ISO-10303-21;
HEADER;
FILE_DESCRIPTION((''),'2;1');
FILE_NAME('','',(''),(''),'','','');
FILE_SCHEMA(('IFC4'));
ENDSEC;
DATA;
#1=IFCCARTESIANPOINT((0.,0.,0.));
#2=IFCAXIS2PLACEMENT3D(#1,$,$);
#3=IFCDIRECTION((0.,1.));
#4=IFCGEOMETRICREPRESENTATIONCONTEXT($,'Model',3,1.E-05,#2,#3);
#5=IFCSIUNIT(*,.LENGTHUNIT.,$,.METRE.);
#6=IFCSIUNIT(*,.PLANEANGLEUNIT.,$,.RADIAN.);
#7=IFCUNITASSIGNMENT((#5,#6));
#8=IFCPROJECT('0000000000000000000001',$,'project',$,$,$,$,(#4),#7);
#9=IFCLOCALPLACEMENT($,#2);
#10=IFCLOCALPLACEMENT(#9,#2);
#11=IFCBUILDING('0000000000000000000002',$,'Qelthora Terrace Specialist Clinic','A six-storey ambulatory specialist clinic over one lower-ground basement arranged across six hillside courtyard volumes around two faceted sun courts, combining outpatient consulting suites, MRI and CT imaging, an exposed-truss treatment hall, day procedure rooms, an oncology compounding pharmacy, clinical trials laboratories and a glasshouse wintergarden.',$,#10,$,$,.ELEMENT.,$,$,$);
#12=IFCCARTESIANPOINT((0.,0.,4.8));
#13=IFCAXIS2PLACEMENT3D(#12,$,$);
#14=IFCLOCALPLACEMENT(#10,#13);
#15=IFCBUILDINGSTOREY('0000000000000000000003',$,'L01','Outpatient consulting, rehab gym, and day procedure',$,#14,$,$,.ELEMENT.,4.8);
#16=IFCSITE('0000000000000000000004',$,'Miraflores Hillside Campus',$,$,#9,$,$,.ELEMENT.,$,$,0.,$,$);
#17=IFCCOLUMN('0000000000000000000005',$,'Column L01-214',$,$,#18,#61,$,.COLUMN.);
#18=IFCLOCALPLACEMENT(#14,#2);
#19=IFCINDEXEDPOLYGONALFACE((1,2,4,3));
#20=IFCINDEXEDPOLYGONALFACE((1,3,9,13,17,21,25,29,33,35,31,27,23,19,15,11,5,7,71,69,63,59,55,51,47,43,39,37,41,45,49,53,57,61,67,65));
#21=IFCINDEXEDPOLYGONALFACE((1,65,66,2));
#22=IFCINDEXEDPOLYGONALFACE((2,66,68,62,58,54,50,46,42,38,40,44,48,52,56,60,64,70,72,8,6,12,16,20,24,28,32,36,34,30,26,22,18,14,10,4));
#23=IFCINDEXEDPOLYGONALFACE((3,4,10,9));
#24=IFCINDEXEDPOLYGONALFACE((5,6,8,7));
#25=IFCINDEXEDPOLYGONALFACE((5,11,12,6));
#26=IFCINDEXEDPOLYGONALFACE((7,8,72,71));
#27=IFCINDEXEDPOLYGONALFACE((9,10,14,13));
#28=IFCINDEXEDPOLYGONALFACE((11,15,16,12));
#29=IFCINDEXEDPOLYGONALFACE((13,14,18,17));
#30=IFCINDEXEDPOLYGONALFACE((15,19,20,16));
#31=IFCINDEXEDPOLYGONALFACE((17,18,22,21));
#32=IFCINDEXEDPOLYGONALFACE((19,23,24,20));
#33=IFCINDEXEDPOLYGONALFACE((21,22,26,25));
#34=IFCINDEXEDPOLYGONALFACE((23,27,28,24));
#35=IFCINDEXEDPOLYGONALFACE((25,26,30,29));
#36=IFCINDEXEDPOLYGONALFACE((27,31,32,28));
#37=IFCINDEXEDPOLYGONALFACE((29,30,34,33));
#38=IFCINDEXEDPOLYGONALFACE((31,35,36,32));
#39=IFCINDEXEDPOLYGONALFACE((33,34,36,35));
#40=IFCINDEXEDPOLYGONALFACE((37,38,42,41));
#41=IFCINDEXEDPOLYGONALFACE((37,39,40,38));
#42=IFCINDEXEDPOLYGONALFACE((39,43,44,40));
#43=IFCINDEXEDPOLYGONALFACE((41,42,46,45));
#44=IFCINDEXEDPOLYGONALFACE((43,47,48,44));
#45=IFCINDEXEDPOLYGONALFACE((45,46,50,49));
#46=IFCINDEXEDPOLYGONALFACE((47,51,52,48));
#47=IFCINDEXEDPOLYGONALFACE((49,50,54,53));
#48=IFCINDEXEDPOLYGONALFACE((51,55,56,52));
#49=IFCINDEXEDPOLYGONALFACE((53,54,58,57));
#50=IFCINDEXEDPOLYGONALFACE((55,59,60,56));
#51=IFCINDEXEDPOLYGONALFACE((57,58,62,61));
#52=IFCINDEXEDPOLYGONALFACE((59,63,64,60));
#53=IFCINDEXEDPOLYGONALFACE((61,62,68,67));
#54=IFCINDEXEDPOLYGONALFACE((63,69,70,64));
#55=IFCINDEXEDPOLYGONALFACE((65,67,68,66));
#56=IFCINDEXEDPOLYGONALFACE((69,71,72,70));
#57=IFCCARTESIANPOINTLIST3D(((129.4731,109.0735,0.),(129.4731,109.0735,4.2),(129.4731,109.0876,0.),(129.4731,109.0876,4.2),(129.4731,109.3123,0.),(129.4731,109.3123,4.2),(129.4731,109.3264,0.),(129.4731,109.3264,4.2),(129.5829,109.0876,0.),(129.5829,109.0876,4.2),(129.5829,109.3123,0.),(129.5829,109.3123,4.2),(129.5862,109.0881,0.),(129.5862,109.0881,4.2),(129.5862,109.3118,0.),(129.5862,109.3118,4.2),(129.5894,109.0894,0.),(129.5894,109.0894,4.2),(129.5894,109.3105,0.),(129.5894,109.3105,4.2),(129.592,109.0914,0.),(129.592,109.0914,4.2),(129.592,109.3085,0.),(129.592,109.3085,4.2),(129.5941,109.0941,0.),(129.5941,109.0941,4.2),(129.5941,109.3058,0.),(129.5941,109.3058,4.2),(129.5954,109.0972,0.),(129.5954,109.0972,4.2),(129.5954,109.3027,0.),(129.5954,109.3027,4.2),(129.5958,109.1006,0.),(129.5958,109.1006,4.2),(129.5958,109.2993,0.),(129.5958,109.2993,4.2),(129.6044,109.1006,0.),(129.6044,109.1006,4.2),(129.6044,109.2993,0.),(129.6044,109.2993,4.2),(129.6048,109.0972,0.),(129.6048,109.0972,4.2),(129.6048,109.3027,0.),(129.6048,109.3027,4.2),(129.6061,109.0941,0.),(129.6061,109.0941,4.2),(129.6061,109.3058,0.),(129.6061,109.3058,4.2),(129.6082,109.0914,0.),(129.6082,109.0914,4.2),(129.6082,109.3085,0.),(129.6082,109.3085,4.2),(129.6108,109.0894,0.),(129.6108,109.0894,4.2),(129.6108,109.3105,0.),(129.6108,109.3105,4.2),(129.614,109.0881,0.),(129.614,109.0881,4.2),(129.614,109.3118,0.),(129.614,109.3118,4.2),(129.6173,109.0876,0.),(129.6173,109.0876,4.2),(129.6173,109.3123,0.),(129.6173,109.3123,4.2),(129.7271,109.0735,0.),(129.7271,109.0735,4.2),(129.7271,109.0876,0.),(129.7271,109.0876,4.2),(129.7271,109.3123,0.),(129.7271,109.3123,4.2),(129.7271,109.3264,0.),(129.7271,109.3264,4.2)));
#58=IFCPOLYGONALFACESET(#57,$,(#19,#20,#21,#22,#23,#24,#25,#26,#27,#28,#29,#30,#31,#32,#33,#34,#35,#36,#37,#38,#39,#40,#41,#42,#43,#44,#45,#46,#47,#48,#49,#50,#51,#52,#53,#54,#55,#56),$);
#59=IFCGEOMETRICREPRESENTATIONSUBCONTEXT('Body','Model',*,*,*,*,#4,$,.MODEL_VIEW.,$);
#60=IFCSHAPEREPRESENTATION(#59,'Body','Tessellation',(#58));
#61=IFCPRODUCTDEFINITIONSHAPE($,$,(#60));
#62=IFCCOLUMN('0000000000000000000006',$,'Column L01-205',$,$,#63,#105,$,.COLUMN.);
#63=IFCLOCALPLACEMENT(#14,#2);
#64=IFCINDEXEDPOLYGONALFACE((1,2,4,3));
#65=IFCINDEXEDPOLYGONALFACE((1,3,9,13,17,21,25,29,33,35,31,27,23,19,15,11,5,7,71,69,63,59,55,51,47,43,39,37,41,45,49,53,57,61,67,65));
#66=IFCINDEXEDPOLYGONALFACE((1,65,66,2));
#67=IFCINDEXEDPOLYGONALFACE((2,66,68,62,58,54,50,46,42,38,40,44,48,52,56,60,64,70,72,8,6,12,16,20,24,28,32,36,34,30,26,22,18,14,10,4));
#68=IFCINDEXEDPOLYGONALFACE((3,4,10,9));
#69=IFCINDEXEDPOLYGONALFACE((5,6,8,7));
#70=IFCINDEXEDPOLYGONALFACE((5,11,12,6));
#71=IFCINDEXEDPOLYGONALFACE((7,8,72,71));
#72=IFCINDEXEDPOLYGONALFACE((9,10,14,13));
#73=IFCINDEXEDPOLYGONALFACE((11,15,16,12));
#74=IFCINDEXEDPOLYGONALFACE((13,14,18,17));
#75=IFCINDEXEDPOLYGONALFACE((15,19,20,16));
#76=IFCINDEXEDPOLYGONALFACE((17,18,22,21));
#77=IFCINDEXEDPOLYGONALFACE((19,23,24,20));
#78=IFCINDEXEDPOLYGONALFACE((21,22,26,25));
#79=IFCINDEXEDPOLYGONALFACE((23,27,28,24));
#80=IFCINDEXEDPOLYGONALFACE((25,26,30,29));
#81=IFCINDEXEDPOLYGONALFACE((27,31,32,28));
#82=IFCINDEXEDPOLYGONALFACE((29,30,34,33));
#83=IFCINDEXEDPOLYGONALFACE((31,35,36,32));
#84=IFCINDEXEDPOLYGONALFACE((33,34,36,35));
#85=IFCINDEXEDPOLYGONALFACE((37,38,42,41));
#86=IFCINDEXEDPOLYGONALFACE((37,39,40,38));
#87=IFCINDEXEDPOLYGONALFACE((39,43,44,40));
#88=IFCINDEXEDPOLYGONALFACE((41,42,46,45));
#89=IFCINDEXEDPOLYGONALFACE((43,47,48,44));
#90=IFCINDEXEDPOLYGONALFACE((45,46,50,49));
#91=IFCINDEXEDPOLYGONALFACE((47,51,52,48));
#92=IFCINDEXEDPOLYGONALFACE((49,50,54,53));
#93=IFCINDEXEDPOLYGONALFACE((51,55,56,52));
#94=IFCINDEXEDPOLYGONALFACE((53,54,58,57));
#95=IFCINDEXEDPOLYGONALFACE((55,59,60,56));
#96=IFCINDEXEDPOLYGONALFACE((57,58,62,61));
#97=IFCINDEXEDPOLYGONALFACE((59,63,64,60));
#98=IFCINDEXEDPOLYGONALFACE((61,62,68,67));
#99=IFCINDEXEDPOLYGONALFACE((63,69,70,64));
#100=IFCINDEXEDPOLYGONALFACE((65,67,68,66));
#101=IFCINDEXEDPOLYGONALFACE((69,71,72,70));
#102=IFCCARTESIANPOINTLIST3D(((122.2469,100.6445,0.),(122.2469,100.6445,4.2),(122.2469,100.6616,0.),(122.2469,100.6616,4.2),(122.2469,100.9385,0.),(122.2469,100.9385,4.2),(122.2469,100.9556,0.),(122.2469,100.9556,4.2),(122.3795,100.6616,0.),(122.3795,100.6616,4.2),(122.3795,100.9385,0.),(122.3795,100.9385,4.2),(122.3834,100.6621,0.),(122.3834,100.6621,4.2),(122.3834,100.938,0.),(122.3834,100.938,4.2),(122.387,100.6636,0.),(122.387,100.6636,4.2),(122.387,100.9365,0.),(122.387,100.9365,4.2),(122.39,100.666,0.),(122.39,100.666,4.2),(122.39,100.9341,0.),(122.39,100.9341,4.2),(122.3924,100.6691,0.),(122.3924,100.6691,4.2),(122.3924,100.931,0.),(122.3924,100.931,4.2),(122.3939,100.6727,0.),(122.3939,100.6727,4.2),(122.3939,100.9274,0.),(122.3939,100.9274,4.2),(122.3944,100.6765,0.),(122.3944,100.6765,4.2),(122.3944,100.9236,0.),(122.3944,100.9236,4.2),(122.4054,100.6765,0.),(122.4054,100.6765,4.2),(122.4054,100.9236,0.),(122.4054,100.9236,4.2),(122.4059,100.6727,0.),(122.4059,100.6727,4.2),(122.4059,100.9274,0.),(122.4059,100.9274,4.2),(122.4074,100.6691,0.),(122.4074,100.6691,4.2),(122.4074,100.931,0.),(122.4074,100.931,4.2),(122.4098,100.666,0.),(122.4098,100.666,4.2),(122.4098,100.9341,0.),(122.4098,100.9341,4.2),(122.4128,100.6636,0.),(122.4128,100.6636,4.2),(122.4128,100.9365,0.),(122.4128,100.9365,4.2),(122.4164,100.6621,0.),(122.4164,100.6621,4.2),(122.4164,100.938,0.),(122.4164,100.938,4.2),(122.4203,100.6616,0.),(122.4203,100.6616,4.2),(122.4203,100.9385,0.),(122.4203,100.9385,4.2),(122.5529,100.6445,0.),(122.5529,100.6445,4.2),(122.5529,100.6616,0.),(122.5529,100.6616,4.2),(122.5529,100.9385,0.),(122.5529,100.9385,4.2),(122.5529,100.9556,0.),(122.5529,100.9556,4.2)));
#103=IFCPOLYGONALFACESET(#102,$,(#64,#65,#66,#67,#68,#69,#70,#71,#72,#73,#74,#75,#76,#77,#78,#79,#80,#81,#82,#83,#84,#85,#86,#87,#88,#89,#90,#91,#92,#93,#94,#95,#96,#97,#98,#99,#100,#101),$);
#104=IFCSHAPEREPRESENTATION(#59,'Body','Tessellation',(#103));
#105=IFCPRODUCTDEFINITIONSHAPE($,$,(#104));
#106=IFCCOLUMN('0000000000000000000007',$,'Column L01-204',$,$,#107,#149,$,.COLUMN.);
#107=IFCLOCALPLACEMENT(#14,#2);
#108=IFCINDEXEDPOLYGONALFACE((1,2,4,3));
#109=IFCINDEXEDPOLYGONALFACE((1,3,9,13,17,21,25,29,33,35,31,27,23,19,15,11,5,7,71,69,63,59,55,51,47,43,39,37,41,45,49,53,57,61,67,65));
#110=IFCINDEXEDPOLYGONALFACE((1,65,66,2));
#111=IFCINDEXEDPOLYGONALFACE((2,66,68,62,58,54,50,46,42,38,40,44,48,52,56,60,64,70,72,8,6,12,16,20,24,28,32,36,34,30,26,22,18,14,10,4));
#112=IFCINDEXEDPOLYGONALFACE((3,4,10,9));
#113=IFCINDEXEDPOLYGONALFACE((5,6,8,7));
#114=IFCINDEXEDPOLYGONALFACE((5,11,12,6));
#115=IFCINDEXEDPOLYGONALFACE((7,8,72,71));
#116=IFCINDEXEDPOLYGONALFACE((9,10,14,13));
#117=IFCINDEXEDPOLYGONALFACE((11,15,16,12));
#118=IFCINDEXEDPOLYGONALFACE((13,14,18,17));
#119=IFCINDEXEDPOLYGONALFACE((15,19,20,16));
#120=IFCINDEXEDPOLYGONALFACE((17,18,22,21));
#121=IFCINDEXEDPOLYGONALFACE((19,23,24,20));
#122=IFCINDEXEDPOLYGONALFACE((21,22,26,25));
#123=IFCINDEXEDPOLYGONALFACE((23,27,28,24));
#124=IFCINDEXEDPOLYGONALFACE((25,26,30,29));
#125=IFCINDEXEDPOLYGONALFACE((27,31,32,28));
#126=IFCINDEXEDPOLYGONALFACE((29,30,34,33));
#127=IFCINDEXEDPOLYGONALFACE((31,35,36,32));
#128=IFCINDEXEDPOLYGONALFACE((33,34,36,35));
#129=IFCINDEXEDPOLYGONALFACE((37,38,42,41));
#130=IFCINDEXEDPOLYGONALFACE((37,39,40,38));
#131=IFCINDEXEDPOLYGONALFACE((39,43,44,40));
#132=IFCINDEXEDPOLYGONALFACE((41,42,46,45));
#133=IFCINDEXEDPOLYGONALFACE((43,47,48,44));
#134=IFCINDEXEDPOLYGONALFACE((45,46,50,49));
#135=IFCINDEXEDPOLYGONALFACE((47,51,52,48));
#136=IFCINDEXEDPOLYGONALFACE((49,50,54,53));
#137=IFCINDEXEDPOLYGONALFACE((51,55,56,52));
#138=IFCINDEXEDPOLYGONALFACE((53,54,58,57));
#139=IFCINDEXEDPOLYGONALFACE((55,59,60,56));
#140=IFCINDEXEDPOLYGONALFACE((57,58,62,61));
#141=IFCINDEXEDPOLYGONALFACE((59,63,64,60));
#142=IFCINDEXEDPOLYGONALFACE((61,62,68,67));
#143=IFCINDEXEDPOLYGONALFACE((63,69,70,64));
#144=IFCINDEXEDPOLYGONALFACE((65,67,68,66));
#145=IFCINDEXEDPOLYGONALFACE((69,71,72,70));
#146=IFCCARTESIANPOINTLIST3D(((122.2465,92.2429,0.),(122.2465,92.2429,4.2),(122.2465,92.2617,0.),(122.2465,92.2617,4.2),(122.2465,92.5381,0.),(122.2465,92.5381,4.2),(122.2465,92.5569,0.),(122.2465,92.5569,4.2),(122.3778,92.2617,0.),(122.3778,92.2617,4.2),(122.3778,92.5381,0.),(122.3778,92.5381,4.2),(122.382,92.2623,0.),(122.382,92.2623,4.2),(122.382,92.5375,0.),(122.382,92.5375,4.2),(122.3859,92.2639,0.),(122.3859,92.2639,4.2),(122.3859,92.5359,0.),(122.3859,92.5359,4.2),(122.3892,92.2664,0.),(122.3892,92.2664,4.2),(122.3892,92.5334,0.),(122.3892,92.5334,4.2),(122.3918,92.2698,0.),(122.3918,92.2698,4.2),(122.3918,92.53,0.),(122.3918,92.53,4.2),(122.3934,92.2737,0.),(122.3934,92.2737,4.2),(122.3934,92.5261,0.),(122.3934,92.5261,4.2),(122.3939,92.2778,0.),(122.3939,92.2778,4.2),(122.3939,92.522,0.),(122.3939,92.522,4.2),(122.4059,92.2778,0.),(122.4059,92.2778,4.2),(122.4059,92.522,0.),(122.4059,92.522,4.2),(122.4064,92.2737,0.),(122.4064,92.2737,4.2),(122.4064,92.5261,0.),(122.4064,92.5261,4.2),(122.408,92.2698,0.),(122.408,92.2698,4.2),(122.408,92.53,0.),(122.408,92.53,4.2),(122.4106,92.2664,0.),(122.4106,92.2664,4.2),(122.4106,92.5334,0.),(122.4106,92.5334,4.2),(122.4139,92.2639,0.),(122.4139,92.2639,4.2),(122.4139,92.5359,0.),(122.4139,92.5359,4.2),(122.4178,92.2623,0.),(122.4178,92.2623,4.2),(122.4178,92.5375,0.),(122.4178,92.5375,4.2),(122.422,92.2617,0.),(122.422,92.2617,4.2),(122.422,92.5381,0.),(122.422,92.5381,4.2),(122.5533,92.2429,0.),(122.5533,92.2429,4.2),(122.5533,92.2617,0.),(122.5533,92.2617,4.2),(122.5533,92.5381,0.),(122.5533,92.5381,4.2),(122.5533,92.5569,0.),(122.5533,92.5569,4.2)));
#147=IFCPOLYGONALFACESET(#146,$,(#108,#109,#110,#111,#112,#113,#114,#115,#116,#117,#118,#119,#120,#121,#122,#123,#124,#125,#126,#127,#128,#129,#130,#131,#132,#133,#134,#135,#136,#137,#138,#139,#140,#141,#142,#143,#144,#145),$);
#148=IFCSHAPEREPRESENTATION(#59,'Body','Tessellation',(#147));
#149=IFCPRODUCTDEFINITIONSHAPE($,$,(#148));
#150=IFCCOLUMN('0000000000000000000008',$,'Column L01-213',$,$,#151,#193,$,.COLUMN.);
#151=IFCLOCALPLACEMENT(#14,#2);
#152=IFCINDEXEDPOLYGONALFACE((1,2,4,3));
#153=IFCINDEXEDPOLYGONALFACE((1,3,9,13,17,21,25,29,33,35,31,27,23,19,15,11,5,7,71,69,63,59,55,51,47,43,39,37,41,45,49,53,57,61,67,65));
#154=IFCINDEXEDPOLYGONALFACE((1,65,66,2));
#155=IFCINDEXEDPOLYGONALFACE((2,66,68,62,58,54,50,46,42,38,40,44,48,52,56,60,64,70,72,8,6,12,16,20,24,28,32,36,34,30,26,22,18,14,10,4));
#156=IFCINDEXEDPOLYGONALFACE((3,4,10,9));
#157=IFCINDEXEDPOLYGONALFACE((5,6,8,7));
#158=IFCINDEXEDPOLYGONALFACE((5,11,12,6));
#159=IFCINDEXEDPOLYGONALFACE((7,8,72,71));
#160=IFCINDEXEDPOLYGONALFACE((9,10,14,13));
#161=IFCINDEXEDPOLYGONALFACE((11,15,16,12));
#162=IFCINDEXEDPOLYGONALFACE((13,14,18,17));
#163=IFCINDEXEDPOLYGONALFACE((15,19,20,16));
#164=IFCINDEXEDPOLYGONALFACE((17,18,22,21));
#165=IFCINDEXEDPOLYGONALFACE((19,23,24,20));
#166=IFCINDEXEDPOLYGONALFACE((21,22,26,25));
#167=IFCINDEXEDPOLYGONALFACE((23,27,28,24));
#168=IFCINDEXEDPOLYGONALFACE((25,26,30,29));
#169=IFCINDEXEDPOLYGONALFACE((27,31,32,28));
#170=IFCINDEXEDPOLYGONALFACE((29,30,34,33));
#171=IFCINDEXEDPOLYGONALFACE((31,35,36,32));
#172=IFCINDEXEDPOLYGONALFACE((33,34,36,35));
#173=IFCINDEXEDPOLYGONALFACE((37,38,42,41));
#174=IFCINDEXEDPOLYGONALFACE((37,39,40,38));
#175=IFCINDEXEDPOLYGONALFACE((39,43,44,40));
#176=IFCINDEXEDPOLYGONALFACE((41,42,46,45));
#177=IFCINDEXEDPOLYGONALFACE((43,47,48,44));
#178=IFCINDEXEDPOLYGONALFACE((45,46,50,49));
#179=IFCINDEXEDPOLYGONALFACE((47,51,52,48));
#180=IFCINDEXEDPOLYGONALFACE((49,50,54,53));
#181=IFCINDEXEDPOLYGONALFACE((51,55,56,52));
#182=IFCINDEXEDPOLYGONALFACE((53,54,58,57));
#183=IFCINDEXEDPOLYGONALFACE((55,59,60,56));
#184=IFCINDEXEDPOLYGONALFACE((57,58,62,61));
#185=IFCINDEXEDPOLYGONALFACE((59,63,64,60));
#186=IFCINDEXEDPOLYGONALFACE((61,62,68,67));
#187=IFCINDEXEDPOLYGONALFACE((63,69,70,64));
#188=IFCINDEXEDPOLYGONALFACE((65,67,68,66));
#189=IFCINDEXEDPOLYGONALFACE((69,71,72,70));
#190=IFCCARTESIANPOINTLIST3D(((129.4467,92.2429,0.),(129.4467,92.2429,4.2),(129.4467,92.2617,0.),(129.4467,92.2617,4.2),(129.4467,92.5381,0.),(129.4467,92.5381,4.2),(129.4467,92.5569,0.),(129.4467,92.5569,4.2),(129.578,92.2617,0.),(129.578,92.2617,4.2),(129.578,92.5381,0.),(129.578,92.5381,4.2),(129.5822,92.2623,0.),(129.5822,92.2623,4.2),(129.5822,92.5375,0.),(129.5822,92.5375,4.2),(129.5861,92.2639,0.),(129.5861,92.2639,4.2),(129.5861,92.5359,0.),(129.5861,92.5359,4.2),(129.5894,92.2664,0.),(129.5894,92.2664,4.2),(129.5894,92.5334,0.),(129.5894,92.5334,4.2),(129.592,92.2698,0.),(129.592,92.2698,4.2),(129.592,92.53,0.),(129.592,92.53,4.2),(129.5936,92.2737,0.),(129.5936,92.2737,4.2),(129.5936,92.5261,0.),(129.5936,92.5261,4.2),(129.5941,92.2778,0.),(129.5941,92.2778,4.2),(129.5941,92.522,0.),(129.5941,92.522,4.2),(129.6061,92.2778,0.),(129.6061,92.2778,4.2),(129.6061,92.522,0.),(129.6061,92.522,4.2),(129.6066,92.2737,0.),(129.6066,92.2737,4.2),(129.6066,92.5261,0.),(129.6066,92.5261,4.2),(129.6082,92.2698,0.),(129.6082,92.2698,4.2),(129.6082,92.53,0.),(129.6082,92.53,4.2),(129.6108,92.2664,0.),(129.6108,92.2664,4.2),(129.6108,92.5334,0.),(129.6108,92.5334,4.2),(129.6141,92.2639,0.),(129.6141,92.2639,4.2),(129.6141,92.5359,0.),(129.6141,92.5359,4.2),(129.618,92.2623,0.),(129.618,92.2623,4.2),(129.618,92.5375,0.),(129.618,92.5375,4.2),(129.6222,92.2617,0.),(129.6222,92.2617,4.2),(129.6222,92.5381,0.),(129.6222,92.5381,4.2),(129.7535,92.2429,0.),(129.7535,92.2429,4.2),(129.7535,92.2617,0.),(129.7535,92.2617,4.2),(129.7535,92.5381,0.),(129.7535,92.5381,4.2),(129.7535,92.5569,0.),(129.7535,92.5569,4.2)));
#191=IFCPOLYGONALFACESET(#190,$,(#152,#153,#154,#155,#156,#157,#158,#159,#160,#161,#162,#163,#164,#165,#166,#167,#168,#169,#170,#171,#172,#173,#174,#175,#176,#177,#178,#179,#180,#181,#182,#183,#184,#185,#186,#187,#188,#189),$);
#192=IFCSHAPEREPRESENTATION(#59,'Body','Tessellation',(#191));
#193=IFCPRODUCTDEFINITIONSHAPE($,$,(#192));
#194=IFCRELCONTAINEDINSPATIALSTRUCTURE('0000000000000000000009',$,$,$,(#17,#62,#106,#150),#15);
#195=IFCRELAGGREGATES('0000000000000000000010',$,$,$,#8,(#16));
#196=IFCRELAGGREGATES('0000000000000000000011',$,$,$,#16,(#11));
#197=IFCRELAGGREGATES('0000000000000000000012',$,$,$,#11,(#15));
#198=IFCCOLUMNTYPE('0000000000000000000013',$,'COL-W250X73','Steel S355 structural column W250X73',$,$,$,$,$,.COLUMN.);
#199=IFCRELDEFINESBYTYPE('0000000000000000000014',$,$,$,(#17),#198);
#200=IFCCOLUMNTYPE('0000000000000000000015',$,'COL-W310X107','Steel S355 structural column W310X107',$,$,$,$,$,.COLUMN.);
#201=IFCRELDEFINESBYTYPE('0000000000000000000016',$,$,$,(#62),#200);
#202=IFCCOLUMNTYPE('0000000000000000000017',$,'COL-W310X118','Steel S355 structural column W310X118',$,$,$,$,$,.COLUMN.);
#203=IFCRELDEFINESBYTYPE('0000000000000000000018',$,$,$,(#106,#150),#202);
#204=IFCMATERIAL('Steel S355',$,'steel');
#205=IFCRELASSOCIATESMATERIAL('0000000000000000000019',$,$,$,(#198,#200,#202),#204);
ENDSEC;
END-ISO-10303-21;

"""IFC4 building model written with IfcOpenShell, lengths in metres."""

from ifc_helpers import new_model, si_unit, direction, frame, origin, origin_2d, place, context, subcontext, project, spatial, i_section, extrude, material, material_profile, profile_set, type_object, element, save


model = new_model("IFC4")

# Units and contexts
model_context = context("Model", 3, precision=1e-05, world=origin(), true_north=direction((0.0, 1.0)))
body_context = subcontext(model_context, "Body", "Model", "MODEL_VIEW")
ifc_project = project(units=[si_unit("LENGTHUNIT", "METRE"), si_unit("PLANEANGLEUNIT", "RADIAN")], contexts=[model_context])

# Site, building, storey
site_placement = place(None, origin())
site = spatial("IfcSite", under=ifc_project, at=site_placement, Name="Miraflores Hillside Campus", CompositionType="ELEMENT", RefElevation=0.0)
building_placement = place(site_placement, origin())
building = spatial("IfcBuilding", under=site, at=building_placement, Name="Qelthora Terrace Specialist Clinic", Description="A six-storey ambulatory specialist clinic over one lower-ground basement arranged across six hillside courtyard volumes around two faceted sun courts, combining outpatient consulting suites, MRI and CT imaging, an exposed-truss treatment hall, day procedure rooms, an oncology compounding pharmacy, clinical trials laboratories and a glasshouse wintergarden.", CompositionType="ELEMENT")
storey_placement = place(building_placement, frame((0.0, 0.0, 4.8)))
storey = spatial("IfcBuildingStorey", under=building, at=storey_placement, Name="L01", Description="Outpatient consulting, rehab gym, and day procedure", CompositionType="ELEMENT", Elevation=4.8)

# Columns
ifc_material_1 = material(Name="Steel S355", Category="steel")
ifc_material_profile_1 = material_profile(ifc_material_1, i_section(OverallWidth=0.2539, OverallDepth=0.2529, WebThickness=0.0085, FlangeThickness=0.0142, FilletRadius=0.0129, at=origin_2d()), Name="W250X73")
ifc_profile_set_1 = profile_set([ifc_material_profile_1], Name="Steel S355")
column_type_1 = type_object("IfcColumnType", Name="COL-W250X73", Description="Steel S355 structural column W250X73", PredefinedType="COLUMN", material=ifc_profile_set_1)
column_1_placement = place(storey_placement, frame((129.6001, 109.2, 0.0), z_axis=(0.0, 0.0, 1.0), x_axis=(1.0, 0.0, 0.0)))
element("IfcColumn", 1, at=column_1_placement, inside=storey, type_object=column_type_1, Name="Column L01-214", PredefinedType="COLUMN", context=body_context, shape_type="SweptSolid", body=[
    extrude(i_section(OverallWidth=0.2539, OverallDepth=0.2529, WebThickness=0.0085, FlangeThickness=0.0142, FilletRadius=0.0129, at=origin_2d()), origin(), (0.0, 0.0, 1.0), 4.2),
])
ifc_material_profile_2 = material_profile(ifc_material_1, i_section(OverallWidth=0.3059, OverallDepth=0.311, WebThickness=0.011, FlangeThickness=0.0171, FilletRadius=0.0149, at=origin_2d()), Name="W310X107")
ifc_profile_set_2 = profile_set([ifc_material_profile_2], Name="Steel S355")
column_type_2 = type_object("IfcColumnType", Name="COL-W310X107", Description="Steel S355 structural column W310X107", PredefinedType="COLUMN", material=ifc_profile_set_2)
column_2_placement = place(storey_placement, frame((122.3999, 100.8, 0.0), z_axis=(0.0, 0.0, 1.0), x_axis=(1.0, 0.0, 0.0)))
element("IfcColumn", 2, at=column_2_placement, inside=storey, type_object=column_type_2, Name="Column L01-205", PredefinedType="COLUMN", context=body_context, shape_type="SweptSolid", body=[
    extrude(i_section(OverallWidth=0.3059, OverallDepth=0.311, WebThickness=0.011, FlangeThickness=0.0171, FilletRadius=0.0149, at=origin_2d()), origin(), (0.0, 0.0, 1.0), 4.2),
])
ifc_material_profile_3 = material_profile(ifc_material_1, i_section(OverallWidth=0.3069, OverallDepth=0.314, WebThickness=0.012, FlangeThickness=0.0188, FilletRadius=0.0161, at=origin_2d()), Name="W310X118")
ifc_profile_set_3 = profile_set([ifc_material_profile_3], Name="Steel S355")
column_type_3 = type_object("IfcColumnType", Name="COL-W310X118", Description="Steel S355 structural column W310X118", PredefinedType="COLUMN", material=ifc_profile_set_3)
for number, where, z_axis, x_axis, name in (
    (3, (122.3999, 92.3999, 0.0), (0.0, 0.0, 1.0), (1.0, 0.0, 0.0), "Column L01-204"),
    (4, (129.6001, 92.3999, 0.0), (0.0, 0.0, 1.0), (1.0, 0.0, 0.0), "Column L01-213"),
):
    element("IfcColumn", number, at=place(storey_placement, frame(where, z_axis=z_axis, x_axis=x_axis)), inside=storey, type_object=column_type_3, Name=name, PredefinedType="COLUMN", context=body_context, shape_type="SweptSolid", body=[
        extrude(i_section(OverallWidth=0.3069, OverallDepth=0.314, WebThickness=0.012, FlangeThickness=0.0188, FilletRadius=0.0161, at=origin_2d()), origin(), (0.0, 0.0, 1.0), 4.2),
    ])

save(model, "model.ifc")
